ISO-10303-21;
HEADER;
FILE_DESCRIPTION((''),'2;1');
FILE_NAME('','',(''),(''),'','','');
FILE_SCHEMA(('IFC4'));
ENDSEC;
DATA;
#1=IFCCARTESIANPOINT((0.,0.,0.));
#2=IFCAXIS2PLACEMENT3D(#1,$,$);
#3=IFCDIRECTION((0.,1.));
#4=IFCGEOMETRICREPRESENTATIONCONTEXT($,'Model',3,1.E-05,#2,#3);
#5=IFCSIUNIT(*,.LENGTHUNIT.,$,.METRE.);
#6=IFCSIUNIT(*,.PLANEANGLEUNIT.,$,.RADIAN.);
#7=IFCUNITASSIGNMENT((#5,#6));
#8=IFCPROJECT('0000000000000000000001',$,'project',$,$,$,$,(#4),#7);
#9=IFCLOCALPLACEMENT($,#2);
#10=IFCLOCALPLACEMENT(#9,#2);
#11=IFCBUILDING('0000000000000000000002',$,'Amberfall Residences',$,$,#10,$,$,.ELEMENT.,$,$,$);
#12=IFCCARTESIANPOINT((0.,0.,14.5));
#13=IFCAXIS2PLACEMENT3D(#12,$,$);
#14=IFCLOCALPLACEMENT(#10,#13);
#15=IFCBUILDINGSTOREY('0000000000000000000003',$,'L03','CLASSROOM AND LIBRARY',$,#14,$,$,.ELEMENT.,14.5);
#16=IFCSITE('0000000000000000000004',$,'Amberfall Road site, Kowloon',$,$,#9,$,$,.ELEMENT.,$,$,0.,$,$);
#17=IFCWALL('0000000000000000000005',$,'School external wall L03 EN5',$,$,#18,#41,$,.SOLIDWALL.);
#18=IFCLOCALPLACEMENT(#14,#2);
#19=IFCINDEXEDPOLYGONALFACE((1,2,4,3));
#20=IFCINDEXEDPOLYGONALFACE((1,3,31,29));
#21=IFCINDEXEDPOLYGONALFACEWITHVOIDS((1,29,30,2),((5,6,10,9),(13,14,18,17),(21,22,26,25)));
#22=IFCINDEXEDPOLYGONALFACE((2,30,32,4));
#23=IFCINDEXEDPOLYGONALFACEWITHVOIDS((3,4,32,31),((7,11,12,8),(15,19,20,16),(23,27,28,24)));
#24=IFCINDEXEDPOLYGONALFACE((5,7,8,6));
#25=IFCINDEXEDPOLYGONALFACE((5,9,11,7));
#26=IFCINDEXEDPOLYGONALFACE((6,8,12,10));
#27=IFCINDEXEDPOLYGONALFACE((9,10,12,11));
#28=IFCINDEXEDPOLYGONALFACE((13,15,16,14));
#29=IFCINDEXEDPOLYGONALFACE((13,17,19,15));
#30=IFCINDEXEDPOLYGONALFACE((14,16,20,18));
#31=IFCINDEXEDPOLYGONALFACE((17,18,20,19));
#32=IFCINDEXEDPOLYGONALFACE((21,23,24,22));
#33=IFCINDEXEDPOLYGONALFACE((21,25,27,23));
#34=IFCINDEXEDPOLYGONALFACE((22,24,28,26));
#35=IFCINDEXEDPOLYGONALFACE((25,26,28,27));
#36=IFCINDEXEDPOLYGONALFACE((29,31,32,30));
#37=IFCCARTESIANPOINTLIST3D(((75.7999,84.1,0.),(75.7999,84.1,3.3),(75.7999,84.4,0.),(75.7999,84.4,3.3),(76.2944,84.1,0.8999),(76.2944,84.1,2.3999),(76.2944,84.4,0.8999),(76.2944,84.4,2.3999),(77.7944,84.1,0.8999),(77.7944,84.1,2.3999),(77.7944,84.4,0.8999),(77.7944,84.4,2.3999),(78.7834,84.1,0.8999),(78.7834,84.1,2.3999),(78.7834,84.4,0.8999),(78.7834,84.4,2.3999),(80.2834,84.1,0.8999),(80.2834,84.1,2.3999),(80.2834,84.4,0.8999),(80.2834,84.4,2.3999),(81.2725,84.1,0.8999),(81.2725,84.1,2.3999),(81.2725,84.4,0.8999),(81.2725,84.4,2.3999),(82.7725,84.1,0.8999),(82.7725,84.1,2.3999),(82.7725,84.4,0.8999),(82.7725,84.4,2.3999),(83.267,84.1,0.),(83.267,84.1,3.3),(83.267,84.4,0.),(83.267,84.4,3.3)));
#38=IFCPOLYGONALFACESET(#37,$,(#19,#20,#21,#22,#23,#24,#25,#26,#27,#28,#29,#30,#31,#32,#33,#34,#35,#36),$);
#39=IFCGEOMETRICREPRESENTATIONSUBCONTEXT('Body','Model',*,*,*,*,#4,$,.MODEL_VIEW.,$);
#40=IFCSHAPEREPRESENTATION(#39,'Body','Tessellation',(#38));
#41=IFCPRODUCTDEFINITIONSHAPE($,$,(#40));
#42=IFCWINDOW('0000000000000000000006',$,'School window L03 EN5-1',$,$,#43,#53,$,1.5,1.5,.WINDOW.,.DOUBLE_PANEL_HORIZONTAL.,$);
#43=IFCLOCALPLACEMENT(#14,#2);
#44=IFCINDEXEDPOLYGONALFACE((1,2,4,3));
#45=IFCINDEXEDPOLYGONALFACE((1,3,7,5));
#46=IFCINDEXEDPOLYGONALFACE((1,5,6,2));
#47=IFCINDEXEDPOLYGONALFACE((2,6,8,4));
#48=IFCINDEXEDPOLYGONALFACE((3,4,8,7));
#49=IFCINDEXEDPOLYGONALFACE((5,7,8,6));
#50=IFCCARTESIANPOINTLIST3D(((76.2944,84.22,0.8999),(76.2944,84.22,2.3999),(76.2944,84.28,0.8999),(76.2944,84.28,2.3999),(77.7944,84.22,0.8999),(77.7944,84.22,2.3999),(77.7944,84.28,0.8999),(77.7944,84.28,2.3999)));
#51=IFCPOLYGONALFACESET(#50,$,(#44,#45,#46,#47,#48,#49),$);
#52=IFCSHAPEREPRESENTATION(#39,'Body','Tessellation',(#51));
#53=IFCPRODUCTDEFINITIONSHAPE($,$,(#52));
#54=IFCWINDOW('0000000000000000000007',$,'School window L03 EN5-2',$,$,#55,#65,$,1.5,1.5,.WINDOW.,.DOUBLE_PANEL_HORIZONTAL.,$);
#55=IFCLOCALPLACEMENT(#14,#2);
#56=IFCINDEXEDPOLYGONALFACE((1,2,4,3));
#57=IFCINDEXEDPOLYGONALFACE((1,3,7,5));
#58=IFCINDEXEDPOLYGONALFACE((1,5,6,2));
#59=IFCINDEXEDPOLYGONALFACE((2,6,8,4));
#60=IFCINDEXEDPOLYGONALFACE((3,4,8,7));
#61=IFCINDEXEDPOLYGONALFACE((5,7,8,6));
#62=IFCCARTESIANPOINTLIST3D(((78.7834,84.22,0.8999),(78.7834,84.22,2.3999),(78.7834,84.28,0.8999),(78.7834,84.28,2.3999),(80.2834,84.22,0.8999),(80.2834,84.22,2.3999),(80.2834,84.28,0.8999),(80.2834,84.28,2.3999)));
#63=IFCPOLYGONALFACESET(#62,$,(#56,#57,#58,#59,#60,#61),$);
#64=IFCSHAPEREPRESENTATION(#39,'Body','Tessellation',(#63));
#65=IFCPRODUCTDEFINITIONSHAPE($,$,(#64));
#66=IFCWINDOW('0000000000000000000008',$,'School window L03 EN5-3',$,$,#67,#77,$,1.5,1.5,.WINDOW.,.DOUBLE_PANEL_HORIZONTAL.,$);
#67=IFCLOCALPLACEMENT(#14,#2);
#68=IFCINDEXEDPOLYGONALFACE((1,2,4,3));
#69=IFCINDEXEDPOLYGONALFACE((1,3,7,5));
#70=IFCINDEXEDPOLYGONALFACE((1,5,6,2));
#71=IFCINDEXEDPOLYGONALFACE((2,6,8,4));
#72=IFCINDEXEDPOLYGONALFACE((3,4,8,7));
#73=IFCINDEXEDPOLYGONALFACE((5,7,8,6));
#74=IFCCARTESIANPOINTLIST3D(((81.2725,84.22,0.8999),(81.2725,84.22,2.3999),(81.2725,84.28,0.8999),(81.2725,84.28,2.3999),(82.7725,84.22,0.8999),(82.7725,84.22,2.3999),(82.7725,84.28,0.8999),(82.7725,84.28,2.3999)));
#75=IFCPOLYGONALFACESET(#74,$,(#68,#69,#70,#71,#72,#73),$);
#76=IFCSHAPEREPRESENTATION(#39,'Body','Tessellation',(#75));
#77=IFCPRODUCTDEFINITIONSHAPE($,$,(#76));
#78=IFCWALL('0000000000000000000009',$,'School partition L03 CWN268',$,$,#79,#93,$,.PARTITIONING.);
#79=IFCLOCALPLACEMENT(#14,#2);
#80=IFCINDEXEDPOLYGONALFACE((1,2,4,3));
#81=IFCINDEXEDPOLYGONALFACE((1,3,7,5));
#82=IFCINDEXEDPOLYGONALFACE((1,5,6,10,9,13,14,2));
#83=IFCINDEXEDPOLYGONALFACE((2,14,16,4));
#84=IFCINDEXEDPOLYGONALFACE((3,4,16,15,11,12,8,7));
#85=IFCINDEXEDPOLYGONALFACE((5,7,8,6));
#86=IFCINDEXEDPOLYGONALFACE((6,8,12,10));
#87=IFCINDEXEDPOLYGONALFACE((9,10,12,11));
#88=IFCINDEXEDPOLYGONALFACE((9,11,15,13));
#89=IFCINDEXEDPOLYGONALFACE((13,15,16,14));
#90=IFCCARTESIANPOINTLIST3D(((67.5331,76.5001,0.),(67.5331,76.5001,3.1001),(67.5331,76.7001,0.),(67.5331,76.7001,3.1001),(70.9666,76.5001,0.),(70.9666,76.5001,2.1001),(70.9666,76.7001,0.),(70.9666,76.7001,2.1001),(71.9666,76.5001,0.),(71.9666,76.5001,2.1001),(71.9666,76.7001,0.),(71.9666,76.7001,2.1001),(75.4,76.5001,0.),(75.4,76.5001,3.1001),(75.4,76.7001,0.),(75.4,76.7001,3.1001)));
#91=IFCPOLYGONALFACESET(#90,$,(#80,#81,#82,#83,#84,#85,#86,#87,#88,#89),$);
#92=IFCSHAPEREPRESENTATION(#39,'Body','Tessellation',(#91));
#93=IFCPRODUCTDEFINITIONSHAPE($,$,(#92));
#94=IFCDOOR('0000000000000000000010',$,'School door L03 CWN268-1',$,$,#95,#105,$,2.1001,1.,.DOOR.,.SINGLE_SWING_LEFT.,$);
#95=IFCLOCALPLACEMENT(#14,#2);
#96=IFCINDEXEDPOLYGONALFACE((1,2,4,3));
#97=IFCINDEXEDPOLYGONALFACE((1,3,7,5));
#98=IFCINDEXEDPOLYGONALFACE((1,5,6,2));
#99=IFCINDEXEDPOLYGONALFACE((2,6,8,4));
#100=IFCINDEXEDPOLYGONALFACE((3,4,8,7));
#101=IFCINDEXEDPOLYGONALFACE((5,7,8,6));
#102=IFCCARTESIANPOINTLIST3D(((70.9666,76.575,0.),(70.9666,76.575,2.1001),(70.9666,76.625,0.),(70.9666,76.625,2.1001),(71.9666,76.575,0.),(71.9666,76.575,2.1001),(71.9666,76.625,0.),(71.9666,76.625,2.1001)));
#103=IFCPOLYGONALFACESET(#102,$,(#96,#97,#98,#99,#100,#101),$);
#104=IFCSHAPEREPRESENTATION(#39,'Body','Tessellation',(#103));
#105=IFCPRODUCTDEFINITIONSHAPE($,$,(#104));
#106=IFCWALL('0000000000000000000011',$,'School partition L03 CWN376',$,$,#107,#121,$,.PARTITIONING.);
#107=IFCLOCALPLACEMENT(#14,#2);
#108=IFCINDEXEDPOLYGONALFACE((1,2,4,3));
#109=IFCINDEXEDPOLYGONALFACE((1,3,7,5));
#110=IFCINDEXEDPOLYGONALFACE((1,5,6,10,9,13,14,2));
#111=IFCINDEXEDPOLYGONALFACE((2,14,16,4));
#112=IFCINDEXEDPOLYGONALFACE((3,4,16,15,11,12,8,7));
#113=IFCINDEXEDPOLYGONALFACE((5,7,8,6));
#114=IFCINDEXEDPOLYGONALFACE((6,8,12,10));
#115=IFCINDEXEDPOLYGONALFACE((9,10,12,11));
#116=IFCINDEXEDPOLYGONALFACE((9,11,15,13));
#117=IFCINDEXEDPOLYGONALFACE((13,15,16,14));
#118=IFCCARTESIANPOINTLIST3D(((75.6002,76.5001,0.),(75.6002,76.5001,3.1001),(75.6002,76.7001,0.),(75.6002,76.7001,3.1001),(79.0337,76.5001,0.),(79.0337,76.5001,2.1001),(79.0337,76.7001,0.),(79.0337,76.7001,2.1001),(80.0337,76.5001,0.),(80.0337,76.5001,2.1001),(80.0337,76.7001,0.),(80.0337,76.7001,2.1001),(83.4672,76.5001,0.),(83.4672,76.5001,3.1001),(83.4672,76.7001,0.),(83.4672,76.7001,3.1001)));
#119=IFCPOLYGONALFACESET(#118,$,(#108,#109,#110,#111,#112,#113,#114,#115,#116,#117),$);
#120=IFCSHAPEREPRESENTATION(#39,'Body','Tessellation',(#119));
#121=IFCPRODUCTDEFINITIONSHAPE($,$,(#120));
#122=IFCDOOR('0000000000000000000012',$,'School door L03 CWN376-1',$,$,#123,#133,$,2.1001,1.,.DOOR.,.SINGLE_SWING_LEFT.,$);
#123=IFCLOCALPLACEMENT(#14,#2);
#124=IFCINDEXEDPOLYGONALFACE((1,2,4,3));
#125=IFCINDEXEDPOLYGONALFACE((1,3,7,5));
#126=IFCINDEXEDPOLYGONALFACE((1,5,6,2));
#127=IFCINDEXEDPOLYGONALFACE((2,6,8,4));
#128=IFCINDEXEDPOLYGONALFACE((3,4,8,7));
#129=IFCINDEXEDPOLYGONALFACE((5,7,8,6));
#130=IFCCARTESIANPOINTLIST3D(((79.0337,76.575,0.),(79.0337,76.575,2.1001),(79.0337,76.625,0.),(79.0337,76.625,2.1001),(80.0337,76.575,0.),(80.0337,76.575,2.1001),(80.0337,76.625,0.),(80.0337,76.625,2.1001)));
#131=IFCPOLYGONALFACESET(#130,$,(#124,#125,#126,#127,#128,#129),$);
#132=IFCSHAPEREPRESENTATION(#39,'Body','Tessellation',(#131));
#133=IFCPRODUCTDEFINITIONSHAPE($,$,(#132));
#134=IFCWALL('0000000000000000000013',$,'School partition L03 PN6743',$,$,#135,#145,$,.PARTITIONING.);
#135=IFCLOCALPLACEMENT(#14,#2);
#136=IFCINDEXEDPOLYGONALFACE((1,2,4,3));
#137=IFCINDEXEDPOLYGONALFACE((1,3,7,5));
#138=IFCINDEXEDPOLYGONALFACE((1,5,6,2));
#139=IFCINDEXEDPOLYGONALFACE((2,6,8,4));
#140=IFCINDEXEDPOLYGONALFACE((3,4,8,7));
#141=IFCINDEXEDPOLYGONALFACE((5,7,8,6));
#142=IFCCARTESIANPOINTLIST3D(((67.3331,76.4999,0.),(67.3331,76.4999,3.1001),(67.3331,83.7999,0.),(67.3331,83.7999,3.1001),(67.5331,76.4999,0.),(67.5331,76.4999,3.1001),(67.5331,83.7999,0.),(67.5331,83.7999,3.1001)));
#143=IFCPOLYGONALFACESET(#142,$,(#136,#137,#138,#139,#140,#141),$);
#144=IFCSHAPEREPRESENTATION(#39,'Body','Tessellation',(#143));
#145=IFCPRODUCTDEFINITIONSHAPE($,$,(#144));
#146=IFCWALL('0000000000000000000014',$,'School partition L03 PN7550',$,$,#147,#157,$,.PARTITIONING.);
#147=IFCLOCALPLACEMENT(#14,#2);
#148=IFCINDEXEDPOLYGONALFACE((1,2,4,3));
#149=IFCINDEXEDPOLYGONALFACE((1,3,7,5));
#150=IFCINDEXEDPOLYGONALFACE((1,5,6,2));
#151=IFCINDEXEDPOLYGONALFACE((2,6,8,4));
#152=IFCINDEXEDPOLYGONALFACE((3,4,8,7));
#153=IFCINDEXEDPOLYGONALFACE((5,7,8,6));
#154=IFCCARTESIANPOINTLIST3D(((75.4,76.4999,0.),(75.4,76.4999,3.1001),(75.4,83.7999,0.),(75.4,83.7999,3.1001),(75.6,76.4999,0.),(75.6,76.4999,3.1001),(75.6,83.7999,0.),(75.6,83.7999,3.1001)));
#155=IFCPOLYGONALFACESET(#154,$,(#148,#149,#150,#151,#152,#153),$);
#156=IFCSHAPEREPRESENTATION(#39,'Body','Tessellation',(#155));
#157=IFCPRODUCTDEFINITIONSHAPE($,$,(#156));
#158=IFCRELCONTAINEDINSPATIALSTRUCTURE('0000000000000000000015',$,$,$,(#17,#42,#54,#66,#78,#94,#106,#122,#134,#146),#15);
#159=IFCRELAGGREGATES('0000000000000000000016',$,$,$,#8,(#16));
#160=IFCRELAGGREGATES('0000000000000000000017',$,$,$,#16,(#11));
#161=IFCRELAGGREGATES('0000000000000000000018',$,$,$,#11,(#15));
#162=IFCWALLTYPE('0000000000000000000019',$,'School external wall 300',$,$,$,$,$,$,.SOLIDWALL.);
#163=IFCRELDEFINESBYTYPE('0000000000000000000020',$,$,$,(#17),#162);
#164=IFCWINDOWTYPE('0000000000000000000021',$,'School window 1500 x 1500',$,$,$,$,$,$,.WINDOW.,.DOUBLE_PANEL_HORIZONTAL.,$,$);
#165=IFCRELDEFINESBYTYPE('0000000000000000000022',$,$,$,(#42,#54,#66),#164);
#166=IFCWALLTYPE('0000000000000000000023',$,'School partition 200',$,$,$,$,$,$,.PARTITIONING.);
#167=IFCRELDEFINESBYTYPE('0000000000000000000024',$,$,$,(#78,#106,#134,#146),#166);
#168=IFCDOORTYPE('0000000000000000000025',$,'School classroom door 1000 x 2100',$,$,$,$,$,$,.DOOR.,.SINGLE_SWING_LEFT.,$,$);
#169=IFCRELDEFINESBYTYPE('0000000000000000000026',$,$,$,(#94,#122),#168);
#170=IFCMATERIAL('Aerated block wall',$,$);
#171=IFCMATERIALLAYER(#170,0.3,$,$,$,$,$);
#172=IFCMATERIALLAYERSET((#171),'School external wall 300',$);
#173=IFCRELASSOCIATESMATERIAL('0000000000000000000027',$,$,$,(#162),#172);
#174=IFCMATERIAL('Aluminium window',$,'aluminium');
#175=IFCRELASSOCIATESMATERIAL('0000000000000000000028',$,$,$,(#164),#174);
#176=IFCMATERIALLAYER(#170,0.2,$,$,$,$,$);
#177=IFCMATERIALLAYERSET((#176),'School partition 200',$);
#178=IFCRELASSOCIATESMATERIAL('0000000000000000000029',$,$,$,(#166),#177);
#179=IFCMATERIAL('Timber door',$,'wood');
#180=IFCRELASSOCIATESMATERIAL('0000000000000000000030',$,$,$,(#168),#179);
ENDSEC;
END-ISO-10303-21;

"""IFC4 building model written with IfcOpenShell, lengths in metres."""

from ifc_helpers import new_model, si_unit, direction, frame, frame_2d, origin, place, context, subcontext, project, spatial, rectangle, extrude, material, layer, layer_set, type_object, element, fill, save


model = new_model("IFC4")

# Units and contexts
model_context = context("Model", 3, precision=1e-05, world=origin(), true_north=direction((0.0, 1.0)))
body_context = subcontext(model_context, "Body", "Model", "MODEL_VIEW")
ifc_project = project(units=[si_unit("LENGTHUNIT", "METRE"), si_unit("PLANEANGLEUNIT", "RADIAN")], contexts=[model_context])

# Site, building, storey
site_placement = place(None, origin())
site = spatial("IfcSite", under=ifc_project, at=site_placement, Name="Amberfall Road site, Kowloon", CompositionType="ELEMENT", RefElevation=0.0)
building_placement = place(site_placement, origin())
building = spatial("IfcBuilding", under=site, at=building_placement, Name="Amberfall Residences", CompositionType="ELEMENT")
storey_placement = place(building_placement, frame((0.0, 0.0, 14.5)))
storey = spatial("IfcBuildingStorey", under=building, at=storey_placement, Name="L03", Description="CLASSROOM AND LIBRARY", CompositionType="ELEMENT", Elevation=14.5)

# Wall, openings, windows
ifc_material_1 = material(Name="Aerated block wall")
ifc_layer_1 = layer(ifc_material_1, 0.3)
ifc_layer_set_1 = layer_set([ifc_layer_1], Name="School external wall 300")
wall_type_1 = type_object("IfcWallType", Name="School external wall 300", PredefinedType="SOLIDWALL", material=ifc_layer_set_1)
ifc_material_2 = material(Name="Aluminium window", Category="aluminium")
window_type = type_object("IfcWindowType", Name="School window 1500 x 1500", PartitioningType="DOUBLE_PANEL_HORIZONTAL", PredefinedType="WINDOW", material=ifc_material_2)
wall_1_placement = place(storey_placement, frame((75.8, 84.25, 0.0), z_axis=(0.0, 0.0, 1.0), x_axis=(1.0, 0.0, 0.0)))
wall_1 = element("IfcWall", 1, at=wall_1_placement, inside=storey, type_object=wall_type_1, Name="School external wall L03 EN5", PredefinedType="SOLIDWALL", context=body_context, shape_type="SweptSolid", body=[
    extrude(rectangle(XDim=7.467, YDim=0.3, at=frame_2d((3.7334, 0.0))), origin(), (0.0, 0.0, 1.0), 3.3),
])
opening_1_placement = place(wall_1_placement, frame((0.4944, 0.0, 0.8999)))
opening_1 = element("IfcOpeningElement", 2, at=opening_1_placement, cuts=wall_1, PredefinedType="OPENING", context=body_context, shape_type="SweptSolid", body=[
    extrude(rectangle(XDim=1.5, YDim=1.5, at=frame_2d((0.75, 0.75))), frame((0.0, 0.1599, 0.0), z_axis=(0.0, -1.0, 0.0), x_axis=(1.0, 0.0, 0.0)), (0.0, 0.0, 1.0), 0.3201),
])
opening_2_placement = place(wall_1_placement, frame((2.9834, 0.0, 0.8999)))
opening_2 = element("IfcOpeningElement", 3, at=opening_2_placement, cuts=wall_1, PredefinedType="OPENING", context=body_context, shape_type="SweptSolid", body=[
    extrude(rectangle(XDim=1.5, YDim=1.5, at=frame_2d((0.75, 0.75))), frame((0.0, 0.1599, 0.0), z_axis=(0.0, -1.0, 0.0), x_axis=(1.0, 0.0, 0.0)), (0.0, 0.0, 1.0), 0.3201),
])
opening_3_placement = place(wall_1_placement, frame((5.4724, 0.0, 0.8999)))
opening_3 = element("IfcOpeningElement", 4, at=opening_3_placement, cuts=wall_1, PredefinedType="OPENING", context=body_context, shape_type="SweptSolid", body=[
    extrude(rectangle(XDim=1.5, YDim=1.5, at=frame_2d((0.75, 0.75))), frame((0.0, 0.1599, 0.0), z_axis=(0.0, -1.0, 0.0), x_axis=(1.0, 0.0, 0.0)), (0.0, 0.0, 1.0), 0.3201),
])
window_1_placement = place(opening_1_placement, origin())
window_1 = element("IfcWindow", 5, at=window_1_placement, inside=storey, type_object=window_type, Name="School window L03 EN5-1", OverallHeight=1.5, OverallWidth=1.5, PartitioningType="DOUBLE_PANEL_HORIZONTAL", PredefinedType="WINDOW", context=body_context, shape_type="SweptSolid", body=[
    extrude(rectangle(XDim=1.5, YDim=1.5, at=frame_2d((0.75, 0.75))), frame((0.0, 0.03, 0.0), z_axis=(0.0, -1.0, 0.0), x_axis=(1.0, 0.0, 0.0)), (0.0, 0.0, 1.0), 0.0601),
])
fill(opening_1, window_1)
window_2_placement = place(opening_2_placement, origin())
window_2 = element("IfcWindow", 6, at=window_2_placement, inside=storey, type_object=window_type, Name="School window L03 EN5-2", OverallHeight=1.5, OverallWidth=1.5, PartitioningType="DOUBLE_PANEL_HORIZONTAL", PredefinedType="WINDOW", context=body_context, shape_type="SweptSolid", body=[
    extrude(rectangle(XDim=1.5, YDim=1.5, at=frame_2d((0.75, 0.75))), frame((0.0, 0.03, 0.0), z_axis=(0.0, -1.0, 0.0), x_axis=(1.0, 0.0, 0.0)), (0.0, 0.0, 1.0), 0.0601),
])
fill(opening_2, window_2)
window_3_placement = place(opening_3_placement, origin())
window_3 = element("IfcWindow", 7, at=window_3_placement, inside=storey, type_object=window_type, Name="School window L03 EN5-3", OverallHeight=1.5, OverallWidth=1.5, PartitioningType="DOUBLE_PANEL_HORIZONTAL", PredefinedType="WINDOW", context=body_context, shape_type="SweptSolid", body=[
    extrude(rectangle(XDim=1.5, YDim=1.5, at=frame_2d((0.75, 0.75))), frame((0.0, 0.03, 0.0), z_axis=(0.0, -1.0, 0.0), x_axis=(1.0, 0.0, 0.0)), (0.0, 0.0, 1.0), 0.0601),
])
fill(opening_3, window_3)

# Walls, openings, doors
ifc_layer_2 = layer(ifc_material_1, 0.2)
ifc_layer_set_2 = layer_set([ifc_layer_2], Name="School partition 200")
wall_type_2 = type_object("IfcWallType", Name="School partition 200", PredefinedType="PARTITIONING", material=ifc_layer_set_2)
wall_2_placement = place(storey_placement, frame((67.533, 76.6001, 0.0), z_axis=(0.0, 0.0, 1.0), x_axis=(1.0, 0.0, 0.0)))
wall_2 = element("IfcWall", 8, at=wall_2_placement, inside=storey, type_object=wall_type_2, Name="School partition L03 CWN268", PredefinedType="PARTITIONING", context=body_context, shape_type="SweptSolid", body=[
    extrude(rectangle(XDim=7.8669, YDim=0.2, at=frame_2d((3.9336, 0.0))), origin(), (0.0, 0.0, 1.0), 3.1001),
])
opening_4_placement = place(wall_2_placement, frame((3.4336, 0.0, 0.0)))
opening_4 = element("IfcOpeningElement", 9, at=opening_4_placement, cuts=wall_2, PredefinedType="OPENING", context=body_context, shape_type="SweptSolid", body=[
    extrude(rectangle(XDim=1.0, YDim=2.1001, at=frame_2d((0.5, 1.05))), frame((0.0, 0.1099, 0.0), z_axis=(0.0, -1.0, 0.0), x_axis=(1.0, 0.0, 0.0)), (0.0, 0.0, 1.0), 0.22),
])
ifc_material_3 = material(Name="Timber door", Category="wood")
door_type_1 = type_object("IfcDoorType", Name="School classroom door 1000 x 2100", OperationType="SINGLE_SWING_LEFT", PredefinedType="DOOR", material=ifc_material_3)
door_1_placement = place(opening_4_placement, origin())
door_1 = element("IfcDoor", 10, at=door_1_placement, inside=storey, type_object=door_type_1, Name="School door L03 CWN268-1", OperationType="SINGLE_SWING_LEFT", OverallHeight=2.1001, OverallWidth=1.0, PredefinedType="DOOR", context=body_context, shape_type="SweptSolid", body=[
    extrude(rectangle(XDim=1.0, YDim=2.1001, at=frame_2d((0.5, 1.05))), frame((0.0, 0.0249, 0.0), z_axis=(0.0, -1.0, 0.0), x_axis=(1.0, 0.0, 0.0)), (0.0, 0.0, 1.0), 0.05),
])
fill(opening_4, door_1)
wall_3_placement = place(storey_placement, frame((75.6001, 76.6001, 0.0), z_axis=(0.0, 0.0, 1.0), x_axis=(1.0, 0.0, 0.0)))
wall_3 = element("IfcWall", 11, at=wall_3_placement, inside=storey, type_object=wall_type_2, Name="School partition L03 CWN376", PredefinedType="PARTITIONING", context=body_context, shape_type="SweptSolid", body=[
    extrude(rectangle(XDim=7.8669, YDim=0.2, at=frame_2d((3.9336, 0.0))), origin(), (0.0, 0.0, 1.0), 3.1001),
])
opening_5_placement = place(wall_3_placement, frame((3.4336, 0.0, 0.0)))
opening_5 = element("IfcOpeningElement", 12, at=opening_5_placement, cuts=wall_3, PredefinedType="OPENING", context=body_context, shape_type="SweptSolid", body=[
    extrude(rectangle(XDim=1.0, YDim=2.1001, at=frame_2d((0.5, 1.05))), frame((0.0, 0.1099, 0.0), z_axis=(0.0, -1.0, 0.0), x_axis=(1.0, 0.0, 0.0)), (0.0, 0.0, 1.0), 0.22),
])
door_2_placement = place(opening_5_placement, origin())
door_2 = element("IfcDoor", 13, at=door_2_placement, inside=storey, type_object=door_type_1, Name="School door L03 CWN376-1", OperationType="SINGLE_SWING_LEFT", OverallHeight=2.1001, OverallWidth=1.0, PredefinedType="DOOR", context=body_context, shape_type="SweptSolid", body=[
    extrude(rectangle(XDim=1.0, YDim=2.1001, at=frame_2d((0.5, 1.05))), frame((0.0, 0.0249, 0.0), z_axis=(0.0, -1.0, 0.0), x_axis=(1.0, 0.0, 0.0)), (0.0, 0.0, 1.0), 0.05),
])
fill(opening_5, door_2)

# Walls
for number, where, z_axis, x_axis, name in (
    (14, (67.4331, 76.5, 0.0), (0.0, 0.0, 1.0), (0.0, 1.0, 0.0), "School partition L03 PN6743"),
    (15, (75.5, 76.5, 0.0), (0.0, 0.0, 1.0), (0.0, 1.0, 0.0), "School partition L03 PN7550"),
):
    element("IfcWall", number, at=place(storey_placement, frame(where, z_axis=z_axis, x_axis=x_axis)), inside=storey, type_object=wall_type_2, Name=name, PredefinedType="PARTITIONING", context=body_context, shape_type="SweptSolid", body=[
        extrude(rectangle(XDim=7.3, YDim=0.2, at=frame_2d((3.6499, 0.0))), origin(), (0.0, 0.0, 1.0), 3.1001),
    ])

save(model, "model.ifc")
